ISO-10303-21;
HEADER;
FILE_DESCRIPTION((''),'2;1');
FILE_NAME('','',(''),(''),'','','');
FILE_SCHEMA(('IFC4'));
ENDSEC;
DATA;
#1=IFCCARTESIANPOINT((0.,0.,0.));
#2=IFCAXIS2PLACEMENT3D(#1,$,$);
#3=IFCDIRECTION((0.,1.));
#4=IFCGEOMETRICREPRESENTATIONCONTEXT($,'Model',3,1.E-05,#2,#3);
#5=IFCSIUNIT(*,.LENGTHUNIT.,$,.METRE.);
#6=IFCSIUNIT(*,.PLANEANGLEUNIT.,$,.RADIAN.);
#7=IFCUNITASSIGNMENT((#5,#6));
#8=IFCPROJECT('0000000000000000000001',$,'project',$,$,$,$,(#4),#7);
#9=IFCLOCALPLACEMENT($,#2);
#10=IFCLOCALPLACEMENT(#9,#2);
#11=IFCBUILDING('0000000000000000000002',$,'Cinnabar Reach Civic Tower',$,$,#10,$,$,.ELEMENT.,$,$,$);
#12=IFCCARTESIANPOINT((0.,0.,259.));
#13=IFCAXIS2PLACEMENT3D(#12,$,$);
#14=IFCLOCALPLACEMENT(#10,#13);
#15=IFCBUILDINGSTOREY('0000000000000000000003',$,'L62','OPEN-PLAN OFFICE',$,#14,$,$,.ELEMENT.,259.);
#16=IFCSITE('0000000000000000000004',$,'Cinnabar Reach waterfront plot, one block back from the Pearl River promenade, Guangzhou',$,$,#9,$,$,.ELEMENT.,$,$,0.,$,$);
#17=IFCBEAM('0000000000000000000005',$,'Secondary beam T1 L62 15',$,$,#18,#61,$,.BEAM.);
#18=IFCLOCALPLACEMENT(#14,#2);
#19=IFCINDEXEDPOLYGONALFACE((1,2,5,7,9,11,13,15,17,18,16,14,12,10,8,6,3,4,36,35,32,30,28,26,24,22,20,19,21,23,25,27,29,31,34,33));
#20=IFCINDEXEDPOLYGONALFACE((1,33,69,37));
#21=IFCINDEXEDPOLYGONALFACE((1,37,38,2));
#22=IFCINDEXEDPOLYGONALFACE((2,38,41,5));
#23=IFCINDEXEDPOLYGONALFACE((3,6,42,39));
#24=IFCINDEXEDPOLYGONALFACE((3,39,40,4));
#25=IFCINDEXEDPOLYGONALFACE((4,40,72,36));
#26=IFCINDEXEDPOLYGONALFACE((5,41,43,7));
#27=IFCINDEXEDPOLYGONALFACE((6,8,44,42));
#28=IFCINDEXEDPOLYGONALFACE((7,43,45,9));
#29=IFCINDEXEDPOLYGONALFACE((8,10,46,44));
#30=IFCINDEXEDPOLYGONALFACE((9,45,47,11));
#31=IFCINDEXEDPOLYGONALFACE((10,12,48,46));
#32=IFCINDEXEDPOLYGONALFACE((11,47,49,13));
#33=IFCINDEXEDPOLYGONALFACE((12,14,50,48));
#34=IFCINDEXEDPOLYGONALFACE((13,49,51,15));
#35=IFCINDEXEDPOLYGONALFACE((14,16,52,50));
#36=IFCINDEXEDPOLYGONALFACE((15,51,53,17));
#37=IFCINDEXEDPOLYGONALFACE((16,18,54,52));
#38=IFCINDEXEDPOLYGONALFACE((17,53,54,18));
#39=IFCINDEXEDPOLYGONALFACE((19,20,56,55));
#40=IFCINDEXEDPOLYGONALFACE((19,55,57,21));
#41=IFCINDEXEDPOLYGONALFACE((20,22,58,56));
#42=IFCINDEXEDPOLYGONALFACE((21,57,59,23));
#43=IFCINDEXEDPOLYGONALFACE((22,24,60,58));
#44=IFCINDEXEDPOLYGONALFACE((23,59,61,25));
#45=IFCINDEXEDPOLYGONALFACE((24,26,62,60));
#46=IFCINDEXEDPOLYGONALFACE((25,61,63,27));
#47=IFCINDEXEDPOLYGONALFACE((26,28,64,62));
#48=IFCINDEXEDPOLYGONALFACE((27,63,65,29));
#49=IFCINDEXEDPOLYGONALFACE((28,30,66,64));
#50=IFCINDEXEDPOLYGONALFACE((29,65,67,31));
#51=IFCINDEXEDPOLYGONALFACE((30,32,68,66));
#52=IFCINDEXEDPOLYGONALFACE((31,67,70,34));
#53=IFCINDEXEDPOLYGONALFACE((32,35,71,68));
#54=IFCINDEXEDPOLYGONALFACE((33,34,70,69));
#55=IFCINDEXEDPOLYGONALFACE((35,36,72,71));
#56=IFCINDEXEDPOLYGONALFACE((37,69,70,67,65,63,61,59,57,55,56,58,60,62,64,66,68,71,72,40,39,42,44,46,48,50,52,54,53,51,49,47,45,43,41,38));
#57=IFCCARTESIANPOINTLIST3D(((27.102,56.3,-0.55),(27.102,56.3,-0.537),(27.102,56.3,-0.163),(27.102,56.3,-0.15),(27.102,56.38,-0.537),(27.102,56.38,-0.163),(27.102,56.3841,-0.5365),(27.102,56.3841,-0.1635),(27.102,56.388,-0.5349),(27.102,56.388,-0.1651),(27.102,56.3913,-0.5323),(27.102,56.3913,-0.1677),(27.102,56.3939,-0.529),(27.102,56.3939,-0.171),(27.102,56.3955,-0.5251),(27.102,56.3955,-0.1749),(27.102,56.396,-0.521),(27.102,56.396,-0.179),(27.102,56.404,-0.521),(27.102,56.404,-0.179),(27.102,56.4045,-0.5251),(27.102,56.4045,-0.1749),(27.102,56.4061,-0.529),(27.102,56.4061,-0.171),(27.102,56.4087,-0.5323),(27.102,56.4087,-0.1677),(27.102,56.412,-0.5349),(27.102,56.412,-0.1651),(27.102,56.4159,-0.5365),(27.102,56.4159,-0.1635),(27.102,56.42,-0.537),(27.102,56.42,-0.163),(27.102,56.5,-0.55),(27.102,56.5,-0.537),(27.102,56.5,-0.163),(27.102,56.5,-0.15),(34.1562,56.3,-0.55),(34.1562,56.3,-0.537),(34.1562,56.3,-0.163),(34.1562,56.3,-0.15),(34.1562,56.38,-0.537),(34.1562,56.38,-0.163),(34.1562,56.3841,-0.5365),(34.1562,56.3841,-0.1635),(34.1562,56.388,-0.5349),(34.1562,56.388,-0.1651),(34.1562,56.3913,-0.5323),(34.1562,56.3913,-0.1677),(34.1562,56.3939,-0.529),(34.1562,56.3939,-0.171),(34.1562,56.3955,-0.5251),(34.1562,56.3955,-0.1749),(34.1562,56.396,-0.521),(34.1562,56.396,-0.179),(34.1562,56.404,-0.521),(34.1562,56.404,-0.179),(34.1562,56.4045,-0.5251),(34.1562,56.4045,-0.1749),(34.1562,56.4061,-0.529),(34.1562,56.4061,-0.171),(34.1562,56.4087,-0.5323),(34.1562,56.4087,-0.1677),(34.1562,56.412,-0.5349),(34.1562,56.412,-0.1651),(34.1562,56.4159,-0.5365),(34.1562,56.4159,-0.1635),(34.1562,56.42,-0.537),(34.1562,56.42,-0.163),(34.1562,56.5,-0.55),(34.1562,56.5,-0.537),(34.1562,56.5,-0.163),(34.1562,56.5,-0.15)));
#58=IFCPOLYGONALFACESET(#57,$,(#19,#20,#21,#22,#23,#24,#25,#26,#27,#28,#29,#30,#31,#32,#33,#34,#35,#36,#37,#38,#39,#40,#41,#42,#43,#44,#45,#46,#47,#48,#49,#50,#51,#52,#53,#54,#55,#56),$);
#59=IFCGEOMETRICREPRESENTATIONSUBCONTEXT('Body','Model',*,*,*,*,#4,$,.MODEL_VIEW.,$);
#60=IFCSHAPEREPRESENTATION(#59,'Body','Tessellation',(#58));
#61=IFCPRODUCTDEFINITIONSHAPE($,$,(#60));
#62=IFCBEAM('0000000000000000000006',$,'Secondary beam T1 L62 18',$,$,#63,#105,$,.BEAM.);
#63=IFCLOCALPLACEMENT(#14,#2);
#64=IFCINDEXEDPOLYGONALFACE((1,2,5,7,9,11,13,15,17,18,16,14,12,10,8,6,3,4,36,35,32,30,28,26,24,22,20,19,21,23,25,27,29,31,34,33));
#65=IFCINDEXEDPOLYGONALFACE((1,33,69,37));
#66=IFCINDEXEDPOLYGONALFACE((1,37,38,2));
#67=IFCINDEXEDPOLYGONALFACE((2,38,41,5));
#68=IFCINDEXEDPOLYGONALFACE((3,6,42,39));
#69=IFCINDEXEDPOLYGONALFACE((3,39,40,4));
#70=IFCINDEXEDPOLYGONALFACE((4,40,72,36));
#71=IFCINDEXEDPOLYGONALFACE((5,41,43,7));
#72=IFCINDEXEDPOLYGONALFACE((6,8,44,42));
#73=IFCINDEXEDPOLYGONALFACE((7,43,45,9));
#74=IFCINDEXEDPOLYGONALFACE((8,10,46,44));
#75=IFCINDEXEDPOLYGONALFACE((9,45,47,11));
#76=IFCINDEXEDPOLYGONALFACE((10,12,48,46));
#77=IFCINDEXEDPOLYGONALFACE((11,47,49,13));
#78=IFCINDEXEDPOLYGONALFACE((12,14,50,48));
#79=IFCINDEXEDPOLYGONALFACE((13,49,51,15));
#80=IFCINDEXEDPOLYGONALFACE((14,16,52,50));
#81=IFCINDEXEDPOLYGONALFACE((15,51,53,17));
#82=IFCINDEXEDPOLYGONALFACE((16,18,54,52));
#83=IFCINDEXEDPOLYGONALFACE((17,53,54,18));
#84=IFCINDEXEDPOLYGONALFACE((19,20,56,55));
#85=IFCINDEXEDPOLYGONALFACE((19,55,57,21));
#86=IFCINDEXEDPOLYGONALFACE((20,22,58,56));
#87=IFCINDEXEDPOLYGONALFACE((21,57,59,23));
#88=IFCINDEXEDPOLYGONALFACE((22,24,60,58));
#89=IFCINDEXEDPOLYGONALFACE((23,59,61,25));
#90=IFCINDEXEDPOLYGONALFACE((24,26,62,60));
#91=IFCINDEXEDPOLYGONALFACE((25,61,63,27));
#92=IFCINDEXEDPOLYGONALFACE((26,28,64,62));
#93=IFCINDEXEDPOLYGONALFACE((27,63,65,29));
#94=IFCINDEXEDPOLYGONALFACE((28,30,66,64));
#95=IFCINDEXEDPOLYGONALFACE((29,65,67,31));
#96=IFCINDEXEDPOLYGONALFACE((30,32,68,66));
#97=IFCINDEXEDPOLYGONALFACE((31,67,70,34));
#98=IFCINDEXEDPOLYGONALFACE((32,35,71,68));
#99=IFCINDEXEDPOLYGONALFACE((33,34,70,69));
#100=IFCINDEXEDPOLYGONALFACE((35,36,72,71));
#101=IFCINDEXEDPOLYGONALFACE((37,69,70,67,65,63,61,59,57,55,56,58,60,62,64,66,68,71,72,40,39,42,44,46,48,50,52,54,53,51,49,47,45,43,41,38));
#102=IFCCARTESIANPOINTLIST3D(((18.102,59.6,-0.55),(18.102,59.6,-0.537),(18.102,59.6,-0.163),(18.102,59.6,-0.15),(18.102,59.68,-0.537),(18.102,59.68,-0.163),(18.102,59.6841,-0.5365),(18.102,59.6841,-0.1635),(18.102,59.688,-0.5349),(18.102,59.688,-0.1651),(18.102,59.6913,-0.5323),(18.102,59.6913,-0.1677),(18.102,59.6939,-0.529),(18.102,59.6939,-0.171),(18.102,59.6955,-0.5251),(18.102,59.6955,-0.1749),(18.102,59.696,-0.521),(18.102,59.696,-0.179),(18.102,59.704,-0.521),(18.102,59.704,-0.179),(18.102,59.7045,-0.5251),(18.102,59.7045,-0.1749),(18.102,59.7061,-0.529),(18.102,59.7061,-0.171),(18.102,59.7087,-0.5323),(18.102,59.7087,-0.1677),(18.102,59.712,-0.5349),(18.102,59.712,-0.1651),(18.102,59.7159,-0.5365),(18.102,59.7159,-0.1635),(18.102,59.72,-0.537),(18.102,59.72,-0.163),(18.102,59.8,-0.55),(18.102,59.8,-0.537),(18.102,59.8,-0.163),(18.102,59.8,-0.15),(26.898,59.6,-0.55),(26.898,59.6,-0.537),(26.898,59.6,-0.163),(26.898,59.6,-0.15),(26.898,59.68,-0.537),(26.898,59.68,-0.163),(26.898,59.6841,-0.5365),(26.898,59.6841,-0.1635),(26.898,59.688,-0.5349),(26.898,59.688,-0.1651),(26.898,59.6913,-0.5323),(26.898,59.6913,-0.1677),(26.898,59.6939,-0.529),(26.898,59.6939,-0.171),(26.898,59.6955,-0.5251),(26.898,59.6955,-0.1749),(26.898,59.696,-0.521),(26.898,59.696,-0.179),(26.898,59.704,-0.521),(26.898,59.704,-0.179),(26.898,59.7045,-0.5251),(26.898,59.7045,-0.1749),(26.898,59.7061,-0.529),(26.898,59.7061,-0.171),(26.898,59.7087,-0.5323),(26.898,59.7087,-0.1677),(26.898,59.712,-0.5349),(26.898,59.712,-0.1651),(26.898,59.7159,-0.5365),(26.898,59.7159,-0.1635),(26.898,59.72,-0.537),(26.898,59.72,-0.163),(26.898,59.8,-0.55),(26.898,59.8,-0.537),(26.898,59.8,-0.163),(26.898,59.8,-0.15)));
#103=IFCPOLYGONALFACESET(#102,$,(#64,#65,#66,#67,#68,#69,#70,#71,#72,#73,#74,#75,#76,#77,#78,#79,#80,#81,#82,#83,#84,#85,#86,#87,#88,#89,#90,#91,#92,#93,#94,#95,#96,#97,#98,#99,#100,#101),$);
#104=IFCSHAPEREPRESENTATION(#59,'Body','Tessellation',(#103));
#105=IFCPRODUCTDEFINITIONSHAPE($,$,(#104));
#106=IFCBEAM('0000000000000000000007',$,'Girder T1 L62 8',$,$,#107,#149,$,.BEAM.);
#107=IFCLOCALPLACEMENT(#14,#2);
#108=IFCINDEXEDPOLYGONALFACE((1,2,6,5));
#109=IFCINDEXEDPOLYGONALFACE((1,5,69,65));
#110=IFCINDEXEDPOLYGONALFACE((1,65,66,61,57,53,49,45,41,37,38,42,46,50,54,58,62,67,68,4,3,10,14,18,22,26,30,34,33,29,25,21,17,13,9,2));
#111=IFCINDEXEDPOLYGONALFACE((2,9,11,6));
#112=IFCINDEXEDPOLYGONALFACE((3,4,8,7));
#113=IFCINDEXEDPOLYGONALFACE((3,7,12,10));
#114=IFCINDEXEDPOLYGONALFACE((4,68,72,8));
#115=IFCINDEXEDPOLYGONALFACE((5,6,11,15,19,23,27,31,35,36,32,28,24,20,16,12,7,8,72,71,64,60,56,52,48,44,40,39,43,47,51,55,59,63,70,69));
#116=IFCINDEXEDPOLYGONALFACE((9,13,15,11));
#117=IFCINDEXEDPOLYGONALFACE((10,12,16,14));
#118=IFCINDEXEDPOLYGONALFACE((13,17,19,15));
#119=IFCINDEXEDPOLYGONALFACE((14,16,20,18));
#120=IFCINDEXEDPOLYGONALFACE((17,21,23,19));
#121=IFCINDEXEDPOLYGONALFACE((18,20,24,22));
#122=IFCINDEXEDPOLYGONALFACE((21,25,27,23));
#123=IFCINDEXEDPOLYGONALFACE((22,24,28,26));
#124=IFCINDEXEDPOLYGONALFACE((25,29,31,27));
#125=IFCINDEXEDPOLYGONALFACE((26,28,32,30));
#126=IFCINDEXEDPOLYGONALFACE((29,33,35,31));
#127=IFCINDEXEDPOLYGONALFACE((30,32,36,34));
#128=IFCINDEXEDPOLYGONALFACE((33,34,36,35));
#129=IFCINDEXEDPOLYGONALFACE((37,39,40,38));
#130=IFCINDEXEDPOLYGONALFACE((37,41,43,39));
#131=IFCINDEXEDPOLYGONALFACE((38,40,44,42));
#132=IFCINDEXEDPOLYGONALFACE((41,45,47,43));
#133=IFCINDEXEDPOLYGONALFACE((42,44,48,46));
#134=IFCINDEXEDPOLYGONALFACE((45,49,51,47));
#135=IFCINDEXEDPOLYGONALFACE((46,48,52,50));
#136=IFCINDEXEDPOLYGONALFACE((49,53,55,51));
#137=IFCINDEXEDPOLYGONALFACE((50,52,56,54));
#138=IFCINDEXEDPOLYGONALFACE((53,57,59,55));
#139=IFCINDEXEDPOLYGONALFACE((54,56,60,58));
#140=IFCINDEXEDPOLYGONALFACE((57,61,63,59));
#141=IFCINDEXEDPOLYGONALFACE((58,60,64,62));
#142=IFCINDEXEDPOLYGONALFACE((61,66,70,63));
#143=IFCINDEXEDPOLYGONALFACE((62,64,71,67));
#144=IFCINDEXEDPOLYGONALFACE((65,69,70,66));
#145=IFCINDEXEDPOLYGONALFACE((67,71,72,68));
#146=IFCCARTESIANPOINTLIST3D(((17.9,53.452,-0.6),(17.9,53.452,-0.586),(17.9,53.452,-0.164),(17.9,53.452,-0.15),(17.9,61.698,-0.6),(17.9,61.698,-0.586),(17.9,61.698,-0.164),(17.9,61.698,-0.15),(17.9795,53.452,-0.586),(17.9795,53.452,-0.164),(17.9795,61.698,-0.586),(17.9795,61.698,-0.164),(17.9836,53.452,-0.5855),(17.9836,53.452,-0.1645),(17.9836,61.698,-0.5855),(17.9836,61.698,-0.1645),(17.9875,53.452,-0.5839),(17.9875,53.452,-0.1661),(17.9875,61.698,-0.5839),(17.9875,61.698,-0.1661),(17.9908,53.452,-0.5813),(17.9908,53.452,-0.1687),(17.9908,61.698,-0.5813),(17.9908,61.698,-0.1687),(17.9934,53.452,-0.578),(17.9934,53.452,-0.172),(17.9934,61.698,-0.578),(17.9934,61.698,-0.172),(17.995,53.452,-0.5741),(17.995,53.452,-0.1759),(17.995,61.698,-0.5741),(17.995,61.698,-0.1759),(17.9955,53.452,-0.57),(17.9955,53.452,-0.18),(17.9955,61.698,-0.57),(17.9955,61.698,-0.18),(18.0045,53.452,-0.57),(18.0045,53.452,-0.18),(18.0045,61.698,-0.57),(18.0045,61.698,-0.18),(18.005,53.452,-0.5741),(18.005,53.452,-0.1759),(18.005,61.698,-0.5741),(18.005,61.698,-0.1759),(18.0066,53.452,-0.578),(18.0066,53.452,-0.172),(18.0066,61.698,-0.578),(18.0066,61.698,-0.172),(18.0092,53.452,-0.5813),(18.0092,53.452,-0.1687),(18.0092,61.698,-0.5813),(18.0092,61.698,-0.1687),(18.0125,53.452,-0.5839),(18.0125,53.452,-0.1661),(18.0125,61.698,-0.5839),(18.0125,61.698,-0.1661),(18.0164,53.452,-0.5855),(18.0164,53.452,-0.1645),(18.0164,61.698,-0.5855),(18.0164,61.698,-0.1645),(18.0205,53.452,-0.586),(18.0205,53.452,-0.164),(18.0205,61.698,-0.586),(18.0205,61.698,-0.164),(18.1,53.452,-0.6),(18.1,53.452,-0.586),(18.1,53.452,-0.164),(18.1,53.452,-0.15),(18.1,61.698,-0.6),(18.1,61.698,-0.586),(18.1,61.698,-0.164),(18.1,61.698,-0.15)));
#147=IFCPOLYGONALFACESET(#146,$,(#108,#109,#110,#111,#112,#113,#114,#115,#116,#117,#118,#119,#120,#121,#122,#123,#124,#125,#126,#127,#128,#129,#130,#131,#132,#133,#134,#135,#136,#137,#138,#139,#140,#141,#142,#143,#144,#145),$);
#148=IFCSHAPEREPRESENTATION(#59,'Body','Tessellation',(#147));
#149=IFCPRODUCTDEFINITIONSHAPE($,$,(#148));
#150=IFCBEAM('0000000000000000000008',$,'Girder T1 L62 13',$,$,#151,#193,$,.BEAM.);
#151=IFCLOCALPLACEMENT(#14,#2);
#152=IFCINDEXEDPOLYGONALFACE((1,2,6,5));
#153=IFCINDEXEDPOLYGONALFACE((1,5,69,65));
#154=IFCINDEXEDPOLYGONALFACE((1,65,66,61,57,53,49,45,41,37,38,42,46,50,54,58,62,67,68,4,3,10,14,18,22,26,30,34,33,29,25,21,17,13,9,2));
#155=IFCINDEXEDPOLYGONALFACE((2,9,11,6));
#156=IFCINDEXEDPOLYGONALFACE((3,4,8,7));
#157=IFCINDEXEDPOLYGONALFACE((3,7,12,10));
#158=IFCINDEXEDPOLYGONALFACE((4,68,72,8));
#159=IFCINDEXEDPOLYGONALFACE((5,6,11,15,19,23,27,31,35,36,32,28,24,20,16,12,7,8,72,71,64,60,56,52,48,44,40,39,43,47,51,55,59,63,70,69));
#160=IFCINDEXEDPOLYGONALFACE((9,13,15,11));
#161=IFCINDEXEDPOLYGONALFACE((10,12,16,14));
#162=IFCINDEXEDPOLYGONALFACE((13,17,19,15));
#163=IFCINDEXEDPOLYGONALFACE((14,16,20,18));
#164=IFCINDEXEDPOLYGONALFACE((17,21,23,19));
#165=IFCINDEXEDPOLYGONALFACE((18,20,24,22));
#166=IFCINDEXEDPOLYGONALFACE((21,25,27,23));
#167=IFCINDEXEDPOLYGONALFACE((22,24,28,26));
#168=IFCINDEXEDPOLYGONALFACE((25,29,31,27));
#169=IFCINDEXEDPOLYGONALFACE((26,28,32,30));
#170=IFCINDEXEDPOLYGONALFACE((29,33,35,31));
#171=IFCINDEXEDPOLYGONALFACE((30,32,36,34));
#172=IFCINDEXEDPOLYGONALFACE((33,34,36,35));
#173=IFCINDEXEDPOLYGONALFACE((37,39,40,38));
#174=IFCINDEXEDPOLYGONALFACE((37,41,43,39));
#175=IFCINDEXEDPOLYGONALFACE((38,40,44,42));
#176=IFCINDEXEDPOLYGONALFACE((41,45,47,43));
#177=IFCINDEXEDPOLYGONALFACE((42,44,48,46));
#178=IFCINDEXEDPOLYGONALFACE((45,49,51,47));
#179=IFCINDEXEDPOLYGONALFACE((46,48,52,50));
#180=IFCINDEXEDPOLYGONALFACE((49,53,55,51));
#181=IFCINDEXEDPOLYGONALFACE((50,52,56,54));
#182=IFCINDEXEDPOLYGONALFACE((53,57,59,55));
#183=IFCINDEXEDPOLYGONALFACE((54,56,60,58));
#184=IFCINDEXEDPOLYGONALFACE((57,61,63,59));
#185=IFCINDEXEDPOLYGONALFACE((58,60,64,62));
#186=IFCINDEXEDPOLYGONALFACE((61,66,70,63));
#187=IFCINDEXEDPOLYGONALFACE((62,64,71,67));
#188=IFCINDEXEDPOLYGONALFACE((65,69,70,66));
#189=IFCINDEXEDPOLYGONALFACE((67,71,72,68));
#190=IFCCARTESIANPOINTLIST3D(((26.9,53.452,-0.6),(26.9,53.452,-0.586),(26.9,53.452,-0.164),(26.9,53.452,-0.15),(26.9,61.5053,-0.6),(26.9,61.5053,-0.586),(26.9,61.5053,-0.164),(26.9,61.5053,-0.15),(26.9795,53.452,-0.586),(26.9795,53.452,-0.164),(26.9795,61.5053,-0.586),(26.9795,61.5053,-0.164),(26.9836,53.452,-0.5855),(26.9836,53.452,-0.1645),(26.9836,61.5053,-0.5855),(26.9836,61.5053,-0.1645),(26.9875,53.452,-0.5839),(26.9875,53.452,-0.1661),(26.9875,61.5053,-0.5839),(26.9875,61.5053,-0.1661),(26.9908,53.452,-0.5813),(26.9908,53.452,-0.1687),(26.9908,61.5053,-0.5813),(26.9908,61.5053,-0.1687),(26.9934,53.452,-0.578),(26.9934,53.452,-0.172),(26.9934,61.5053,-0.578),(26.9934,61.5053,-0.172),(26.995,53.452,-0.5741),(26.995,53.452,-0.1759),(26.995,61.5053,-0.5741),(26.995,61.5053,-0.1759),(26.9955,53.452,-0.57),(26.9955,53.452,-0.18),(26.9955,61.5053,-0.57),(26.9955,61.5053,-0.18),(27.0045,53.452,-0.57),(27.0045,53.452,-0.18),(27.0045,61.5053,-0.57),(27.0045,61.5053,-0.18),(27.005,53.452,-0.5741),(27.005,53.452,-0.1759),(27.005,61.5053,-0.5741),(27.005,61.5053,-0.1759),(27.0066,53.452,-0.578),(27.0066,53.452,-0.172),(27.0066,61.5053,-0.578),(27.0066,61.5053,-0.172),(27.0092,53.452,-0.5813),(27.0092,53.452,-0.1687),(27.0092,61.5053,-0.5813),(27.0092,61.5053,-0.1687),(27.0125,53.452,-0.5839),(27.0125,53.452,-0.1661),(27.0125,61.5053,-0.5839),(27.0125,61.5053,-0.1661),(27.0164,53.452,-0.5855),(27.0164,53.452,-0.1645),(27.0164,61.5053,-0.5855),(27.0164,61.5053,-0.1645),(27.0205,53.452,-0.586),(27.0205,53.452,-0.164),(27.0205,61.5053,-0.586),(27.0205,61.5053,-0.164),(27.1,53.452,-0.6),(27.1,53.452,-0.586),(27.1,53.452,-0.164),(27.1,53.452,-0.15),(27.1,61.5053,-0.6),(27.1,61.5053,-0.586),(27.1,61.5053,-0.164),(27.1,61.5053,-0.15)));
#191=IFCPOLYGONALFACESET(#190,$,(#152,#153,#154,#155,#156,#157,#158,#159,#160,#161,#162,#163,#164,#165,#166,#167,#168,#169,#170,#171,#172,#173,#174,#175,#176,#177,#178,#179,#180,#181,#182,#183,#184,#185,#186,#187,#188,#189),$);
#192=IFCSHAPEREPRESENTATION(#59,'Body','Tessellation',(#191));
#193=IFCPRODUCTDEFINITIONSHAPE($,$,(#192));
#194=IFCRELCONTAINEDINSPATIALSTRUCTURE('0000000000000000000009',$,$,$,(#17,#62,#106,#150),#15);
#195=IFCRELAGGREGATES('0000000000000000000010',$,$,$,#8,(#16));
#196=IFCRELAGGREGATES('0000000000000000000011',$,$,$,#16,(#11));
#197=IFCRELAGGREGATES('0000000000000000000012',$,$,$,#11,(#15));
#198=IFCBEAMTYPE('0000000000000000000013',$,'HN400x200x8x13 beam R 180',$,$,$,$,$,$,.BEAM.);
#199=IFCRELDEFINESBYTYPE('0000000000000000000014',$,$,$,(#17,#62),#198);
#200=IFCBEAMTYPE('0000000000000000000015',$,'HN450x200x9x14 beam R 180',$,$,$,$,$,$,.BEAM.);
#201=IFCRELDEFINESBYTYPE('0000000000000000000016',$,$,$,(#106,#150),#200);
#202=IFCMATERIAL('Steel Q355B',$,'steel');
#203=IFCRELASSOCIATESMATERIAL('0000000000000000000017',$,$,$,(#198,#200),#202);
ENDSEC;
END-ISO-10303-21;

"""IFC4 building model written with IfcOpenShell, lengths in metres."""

from ifc_helpers import new_model, si_unit, direction, frame, origin, origin_2d, place, context, subcontext, project, spatial, i_section, extrude, material, material_profile, profile_set, type_object, element, save


model = new_model("IFC4")

# Units and contexts
model_context = context("Model", 3, precision=1e-05, world=origin(), true_north=direction((0.0, 1.0)))
body_context = subcontext(model_context, "Body", "Model", "MODEL_VIEW")
ifc_project = project(units=[si_unit("LENGTHUNIT", "METRE"), si_unit("PLANEANGLEUNIT", "RADIAN")], contexts=[model_context])

# Site, building, storey
site_placement = place(None, origin())
site = spatial("IfcSite", under=ifc_project, at=site_placement, Name="Cinnabar Reach waterfront plot, one block back from the Pearl River promenade, Guangzhou", CompositionType="ELEMENT", RefElevation=0.0)
building_placement = place(site_placement, origin())
building = spatial("IfcBuilding", under=site, at=building_placement, Name="Cinnabar Reach Civic Tower", CompositionType="ELEMENT")
storey_placement = place(building_placement, frame((0.0, 0.0, 259.0)))
storey = spatial("IfcBuildingStorey", under=building, at=storey_placement, Name="L62", Description="OPEN-PLAN OFFICE", CompositionType="ELEMENT", Elevation=259.0)

# Beams
ifc_material_1 = material(Name="Steel Q355B", Category="steel")
ifc_material_profile_1 = material_profile(ifc_material_1, i_section(OverallWidth=0.2, OverallDepth=0.4, WebThickness=0.008, FlangeThickness=0.013, FilletRadius=0.016, at=origin_2d()), Name="HN400x200x8x13")
ifc_profile_set_1 = profile_set([ifc_material_profile_1], Name="Steel Q355B")
beam_type_1 = type_object("IfcBeamType", Name="HN400x200x8x13 beam R 180", PredefinedType="BEAM", material=ifc_profile_set_1)
beam_1_placement = place(storey_placement, frame((27.102, 56.4, -0.35), z_axis=(1.0, 0.0, 0.0), x_axis=(0.0, 1.0, 0.0)))
element("IfcBeam", 1, at=beam_1_placement, inside=storey, type_object=beam_type_1, Name="Secondary beam T1 L62 15", PredefinedType="BEAM", context=body_context, shape_type="SweptSolid", body=[
    extrude(i_section(OverallWidth=0.2, OverallDepth=0.4, WebThickness=0.008, FlangeThickness=0.013, FilletRadius=0.016, at=origin_2d()), origin(), (0.0, 0.0, 1.0), 7.0542),
])
beam_2_placement = place(storey_placement, frame((18.102, 59.7, -0.35), z_axis=(1.0, 0.0, 0.0), x_axis=(0.0, 1.0, 0.0)))
element("IfcBeam", 2, at=beam_2_placement, inside=storey, type_object=beam_type_1, Name="Secondary beam T1 L62 18", PredefinedType="BEAM", context=body_context, shape_type="SweptSolid", body=[
    extrude(i_section(OverallWidth=0.2, OverallDepth=0.4, WebThickness=0.008, FlangeThickness=0.013, FilletRadius=0.016, at=origin_2d()), origin(), (0.0, 0.0, 1.0), 8.796),
])
ifc_material_profile_2 = material_profile(ifc_material_1, i_section(OverallWidth=0.2, OverallDepth=0.45, WebThickness=0.009, FlangeThickness=0.014, FilletRadius=0.016, at=origin_2d()), Name="HN450x200x9x14")
ifc_profile_set_2 = profile_set([ifc_material_profile_2], Name="Steel Q355B")
beam_type_2 = type_object("IfcBeamType", Name="HN450x200x9x14 beam R 180", PredefinedType="BEAM", material=ifc_profile_set_2)
beam_3_placement = place(storey_placement, frame((18.0, 53.452, -0.375), z_axis=(0.0, 1.0, 0.0), x_axis=(-1.0, 0.0, 0.0)))
element("IfcBeam", 3, at=beam_3_placement, inside=storey, type_object=beam_type_2, Name="Girder T1 L62 8", PredefinedType="BEAM", context=body_context, shape_type="SweptSolid", body=[
    extrude(i_section(OverallWidth=0.2, OverallDepth=0.45, WebThickness=0.009, FlangeThickness=0.014, FilletRadius=0.016, at=origin_2d()), origin(), (0.0, 0.0, 1.0), 8.246),
])
beam_4_placement = place(storey_placement, frame((27.0, 53.452, -0.375), z_axis=(0.0, 1.0, 0.0), x_axis=(-1.0, 0.0, 0.0)))
element("IfcBeam", 4, at=beam_4_placement, inside=storey, type_object=beam_type_2, Name="Girder T1 L62 13", PredefinedType="BEAM", context=body_context, shape_type="SweptSolid", body=[
    extrude(i_section(OverallWidth=0.2, OverallDepth=0.45, WebThickness=0.009, FlangeThickness=0.014, FilletRadius=0.016, at=origin_2d()), origin(), (0.0, 0.0, 1.0), 8.0533),
])

save(model, "model.ifc")
